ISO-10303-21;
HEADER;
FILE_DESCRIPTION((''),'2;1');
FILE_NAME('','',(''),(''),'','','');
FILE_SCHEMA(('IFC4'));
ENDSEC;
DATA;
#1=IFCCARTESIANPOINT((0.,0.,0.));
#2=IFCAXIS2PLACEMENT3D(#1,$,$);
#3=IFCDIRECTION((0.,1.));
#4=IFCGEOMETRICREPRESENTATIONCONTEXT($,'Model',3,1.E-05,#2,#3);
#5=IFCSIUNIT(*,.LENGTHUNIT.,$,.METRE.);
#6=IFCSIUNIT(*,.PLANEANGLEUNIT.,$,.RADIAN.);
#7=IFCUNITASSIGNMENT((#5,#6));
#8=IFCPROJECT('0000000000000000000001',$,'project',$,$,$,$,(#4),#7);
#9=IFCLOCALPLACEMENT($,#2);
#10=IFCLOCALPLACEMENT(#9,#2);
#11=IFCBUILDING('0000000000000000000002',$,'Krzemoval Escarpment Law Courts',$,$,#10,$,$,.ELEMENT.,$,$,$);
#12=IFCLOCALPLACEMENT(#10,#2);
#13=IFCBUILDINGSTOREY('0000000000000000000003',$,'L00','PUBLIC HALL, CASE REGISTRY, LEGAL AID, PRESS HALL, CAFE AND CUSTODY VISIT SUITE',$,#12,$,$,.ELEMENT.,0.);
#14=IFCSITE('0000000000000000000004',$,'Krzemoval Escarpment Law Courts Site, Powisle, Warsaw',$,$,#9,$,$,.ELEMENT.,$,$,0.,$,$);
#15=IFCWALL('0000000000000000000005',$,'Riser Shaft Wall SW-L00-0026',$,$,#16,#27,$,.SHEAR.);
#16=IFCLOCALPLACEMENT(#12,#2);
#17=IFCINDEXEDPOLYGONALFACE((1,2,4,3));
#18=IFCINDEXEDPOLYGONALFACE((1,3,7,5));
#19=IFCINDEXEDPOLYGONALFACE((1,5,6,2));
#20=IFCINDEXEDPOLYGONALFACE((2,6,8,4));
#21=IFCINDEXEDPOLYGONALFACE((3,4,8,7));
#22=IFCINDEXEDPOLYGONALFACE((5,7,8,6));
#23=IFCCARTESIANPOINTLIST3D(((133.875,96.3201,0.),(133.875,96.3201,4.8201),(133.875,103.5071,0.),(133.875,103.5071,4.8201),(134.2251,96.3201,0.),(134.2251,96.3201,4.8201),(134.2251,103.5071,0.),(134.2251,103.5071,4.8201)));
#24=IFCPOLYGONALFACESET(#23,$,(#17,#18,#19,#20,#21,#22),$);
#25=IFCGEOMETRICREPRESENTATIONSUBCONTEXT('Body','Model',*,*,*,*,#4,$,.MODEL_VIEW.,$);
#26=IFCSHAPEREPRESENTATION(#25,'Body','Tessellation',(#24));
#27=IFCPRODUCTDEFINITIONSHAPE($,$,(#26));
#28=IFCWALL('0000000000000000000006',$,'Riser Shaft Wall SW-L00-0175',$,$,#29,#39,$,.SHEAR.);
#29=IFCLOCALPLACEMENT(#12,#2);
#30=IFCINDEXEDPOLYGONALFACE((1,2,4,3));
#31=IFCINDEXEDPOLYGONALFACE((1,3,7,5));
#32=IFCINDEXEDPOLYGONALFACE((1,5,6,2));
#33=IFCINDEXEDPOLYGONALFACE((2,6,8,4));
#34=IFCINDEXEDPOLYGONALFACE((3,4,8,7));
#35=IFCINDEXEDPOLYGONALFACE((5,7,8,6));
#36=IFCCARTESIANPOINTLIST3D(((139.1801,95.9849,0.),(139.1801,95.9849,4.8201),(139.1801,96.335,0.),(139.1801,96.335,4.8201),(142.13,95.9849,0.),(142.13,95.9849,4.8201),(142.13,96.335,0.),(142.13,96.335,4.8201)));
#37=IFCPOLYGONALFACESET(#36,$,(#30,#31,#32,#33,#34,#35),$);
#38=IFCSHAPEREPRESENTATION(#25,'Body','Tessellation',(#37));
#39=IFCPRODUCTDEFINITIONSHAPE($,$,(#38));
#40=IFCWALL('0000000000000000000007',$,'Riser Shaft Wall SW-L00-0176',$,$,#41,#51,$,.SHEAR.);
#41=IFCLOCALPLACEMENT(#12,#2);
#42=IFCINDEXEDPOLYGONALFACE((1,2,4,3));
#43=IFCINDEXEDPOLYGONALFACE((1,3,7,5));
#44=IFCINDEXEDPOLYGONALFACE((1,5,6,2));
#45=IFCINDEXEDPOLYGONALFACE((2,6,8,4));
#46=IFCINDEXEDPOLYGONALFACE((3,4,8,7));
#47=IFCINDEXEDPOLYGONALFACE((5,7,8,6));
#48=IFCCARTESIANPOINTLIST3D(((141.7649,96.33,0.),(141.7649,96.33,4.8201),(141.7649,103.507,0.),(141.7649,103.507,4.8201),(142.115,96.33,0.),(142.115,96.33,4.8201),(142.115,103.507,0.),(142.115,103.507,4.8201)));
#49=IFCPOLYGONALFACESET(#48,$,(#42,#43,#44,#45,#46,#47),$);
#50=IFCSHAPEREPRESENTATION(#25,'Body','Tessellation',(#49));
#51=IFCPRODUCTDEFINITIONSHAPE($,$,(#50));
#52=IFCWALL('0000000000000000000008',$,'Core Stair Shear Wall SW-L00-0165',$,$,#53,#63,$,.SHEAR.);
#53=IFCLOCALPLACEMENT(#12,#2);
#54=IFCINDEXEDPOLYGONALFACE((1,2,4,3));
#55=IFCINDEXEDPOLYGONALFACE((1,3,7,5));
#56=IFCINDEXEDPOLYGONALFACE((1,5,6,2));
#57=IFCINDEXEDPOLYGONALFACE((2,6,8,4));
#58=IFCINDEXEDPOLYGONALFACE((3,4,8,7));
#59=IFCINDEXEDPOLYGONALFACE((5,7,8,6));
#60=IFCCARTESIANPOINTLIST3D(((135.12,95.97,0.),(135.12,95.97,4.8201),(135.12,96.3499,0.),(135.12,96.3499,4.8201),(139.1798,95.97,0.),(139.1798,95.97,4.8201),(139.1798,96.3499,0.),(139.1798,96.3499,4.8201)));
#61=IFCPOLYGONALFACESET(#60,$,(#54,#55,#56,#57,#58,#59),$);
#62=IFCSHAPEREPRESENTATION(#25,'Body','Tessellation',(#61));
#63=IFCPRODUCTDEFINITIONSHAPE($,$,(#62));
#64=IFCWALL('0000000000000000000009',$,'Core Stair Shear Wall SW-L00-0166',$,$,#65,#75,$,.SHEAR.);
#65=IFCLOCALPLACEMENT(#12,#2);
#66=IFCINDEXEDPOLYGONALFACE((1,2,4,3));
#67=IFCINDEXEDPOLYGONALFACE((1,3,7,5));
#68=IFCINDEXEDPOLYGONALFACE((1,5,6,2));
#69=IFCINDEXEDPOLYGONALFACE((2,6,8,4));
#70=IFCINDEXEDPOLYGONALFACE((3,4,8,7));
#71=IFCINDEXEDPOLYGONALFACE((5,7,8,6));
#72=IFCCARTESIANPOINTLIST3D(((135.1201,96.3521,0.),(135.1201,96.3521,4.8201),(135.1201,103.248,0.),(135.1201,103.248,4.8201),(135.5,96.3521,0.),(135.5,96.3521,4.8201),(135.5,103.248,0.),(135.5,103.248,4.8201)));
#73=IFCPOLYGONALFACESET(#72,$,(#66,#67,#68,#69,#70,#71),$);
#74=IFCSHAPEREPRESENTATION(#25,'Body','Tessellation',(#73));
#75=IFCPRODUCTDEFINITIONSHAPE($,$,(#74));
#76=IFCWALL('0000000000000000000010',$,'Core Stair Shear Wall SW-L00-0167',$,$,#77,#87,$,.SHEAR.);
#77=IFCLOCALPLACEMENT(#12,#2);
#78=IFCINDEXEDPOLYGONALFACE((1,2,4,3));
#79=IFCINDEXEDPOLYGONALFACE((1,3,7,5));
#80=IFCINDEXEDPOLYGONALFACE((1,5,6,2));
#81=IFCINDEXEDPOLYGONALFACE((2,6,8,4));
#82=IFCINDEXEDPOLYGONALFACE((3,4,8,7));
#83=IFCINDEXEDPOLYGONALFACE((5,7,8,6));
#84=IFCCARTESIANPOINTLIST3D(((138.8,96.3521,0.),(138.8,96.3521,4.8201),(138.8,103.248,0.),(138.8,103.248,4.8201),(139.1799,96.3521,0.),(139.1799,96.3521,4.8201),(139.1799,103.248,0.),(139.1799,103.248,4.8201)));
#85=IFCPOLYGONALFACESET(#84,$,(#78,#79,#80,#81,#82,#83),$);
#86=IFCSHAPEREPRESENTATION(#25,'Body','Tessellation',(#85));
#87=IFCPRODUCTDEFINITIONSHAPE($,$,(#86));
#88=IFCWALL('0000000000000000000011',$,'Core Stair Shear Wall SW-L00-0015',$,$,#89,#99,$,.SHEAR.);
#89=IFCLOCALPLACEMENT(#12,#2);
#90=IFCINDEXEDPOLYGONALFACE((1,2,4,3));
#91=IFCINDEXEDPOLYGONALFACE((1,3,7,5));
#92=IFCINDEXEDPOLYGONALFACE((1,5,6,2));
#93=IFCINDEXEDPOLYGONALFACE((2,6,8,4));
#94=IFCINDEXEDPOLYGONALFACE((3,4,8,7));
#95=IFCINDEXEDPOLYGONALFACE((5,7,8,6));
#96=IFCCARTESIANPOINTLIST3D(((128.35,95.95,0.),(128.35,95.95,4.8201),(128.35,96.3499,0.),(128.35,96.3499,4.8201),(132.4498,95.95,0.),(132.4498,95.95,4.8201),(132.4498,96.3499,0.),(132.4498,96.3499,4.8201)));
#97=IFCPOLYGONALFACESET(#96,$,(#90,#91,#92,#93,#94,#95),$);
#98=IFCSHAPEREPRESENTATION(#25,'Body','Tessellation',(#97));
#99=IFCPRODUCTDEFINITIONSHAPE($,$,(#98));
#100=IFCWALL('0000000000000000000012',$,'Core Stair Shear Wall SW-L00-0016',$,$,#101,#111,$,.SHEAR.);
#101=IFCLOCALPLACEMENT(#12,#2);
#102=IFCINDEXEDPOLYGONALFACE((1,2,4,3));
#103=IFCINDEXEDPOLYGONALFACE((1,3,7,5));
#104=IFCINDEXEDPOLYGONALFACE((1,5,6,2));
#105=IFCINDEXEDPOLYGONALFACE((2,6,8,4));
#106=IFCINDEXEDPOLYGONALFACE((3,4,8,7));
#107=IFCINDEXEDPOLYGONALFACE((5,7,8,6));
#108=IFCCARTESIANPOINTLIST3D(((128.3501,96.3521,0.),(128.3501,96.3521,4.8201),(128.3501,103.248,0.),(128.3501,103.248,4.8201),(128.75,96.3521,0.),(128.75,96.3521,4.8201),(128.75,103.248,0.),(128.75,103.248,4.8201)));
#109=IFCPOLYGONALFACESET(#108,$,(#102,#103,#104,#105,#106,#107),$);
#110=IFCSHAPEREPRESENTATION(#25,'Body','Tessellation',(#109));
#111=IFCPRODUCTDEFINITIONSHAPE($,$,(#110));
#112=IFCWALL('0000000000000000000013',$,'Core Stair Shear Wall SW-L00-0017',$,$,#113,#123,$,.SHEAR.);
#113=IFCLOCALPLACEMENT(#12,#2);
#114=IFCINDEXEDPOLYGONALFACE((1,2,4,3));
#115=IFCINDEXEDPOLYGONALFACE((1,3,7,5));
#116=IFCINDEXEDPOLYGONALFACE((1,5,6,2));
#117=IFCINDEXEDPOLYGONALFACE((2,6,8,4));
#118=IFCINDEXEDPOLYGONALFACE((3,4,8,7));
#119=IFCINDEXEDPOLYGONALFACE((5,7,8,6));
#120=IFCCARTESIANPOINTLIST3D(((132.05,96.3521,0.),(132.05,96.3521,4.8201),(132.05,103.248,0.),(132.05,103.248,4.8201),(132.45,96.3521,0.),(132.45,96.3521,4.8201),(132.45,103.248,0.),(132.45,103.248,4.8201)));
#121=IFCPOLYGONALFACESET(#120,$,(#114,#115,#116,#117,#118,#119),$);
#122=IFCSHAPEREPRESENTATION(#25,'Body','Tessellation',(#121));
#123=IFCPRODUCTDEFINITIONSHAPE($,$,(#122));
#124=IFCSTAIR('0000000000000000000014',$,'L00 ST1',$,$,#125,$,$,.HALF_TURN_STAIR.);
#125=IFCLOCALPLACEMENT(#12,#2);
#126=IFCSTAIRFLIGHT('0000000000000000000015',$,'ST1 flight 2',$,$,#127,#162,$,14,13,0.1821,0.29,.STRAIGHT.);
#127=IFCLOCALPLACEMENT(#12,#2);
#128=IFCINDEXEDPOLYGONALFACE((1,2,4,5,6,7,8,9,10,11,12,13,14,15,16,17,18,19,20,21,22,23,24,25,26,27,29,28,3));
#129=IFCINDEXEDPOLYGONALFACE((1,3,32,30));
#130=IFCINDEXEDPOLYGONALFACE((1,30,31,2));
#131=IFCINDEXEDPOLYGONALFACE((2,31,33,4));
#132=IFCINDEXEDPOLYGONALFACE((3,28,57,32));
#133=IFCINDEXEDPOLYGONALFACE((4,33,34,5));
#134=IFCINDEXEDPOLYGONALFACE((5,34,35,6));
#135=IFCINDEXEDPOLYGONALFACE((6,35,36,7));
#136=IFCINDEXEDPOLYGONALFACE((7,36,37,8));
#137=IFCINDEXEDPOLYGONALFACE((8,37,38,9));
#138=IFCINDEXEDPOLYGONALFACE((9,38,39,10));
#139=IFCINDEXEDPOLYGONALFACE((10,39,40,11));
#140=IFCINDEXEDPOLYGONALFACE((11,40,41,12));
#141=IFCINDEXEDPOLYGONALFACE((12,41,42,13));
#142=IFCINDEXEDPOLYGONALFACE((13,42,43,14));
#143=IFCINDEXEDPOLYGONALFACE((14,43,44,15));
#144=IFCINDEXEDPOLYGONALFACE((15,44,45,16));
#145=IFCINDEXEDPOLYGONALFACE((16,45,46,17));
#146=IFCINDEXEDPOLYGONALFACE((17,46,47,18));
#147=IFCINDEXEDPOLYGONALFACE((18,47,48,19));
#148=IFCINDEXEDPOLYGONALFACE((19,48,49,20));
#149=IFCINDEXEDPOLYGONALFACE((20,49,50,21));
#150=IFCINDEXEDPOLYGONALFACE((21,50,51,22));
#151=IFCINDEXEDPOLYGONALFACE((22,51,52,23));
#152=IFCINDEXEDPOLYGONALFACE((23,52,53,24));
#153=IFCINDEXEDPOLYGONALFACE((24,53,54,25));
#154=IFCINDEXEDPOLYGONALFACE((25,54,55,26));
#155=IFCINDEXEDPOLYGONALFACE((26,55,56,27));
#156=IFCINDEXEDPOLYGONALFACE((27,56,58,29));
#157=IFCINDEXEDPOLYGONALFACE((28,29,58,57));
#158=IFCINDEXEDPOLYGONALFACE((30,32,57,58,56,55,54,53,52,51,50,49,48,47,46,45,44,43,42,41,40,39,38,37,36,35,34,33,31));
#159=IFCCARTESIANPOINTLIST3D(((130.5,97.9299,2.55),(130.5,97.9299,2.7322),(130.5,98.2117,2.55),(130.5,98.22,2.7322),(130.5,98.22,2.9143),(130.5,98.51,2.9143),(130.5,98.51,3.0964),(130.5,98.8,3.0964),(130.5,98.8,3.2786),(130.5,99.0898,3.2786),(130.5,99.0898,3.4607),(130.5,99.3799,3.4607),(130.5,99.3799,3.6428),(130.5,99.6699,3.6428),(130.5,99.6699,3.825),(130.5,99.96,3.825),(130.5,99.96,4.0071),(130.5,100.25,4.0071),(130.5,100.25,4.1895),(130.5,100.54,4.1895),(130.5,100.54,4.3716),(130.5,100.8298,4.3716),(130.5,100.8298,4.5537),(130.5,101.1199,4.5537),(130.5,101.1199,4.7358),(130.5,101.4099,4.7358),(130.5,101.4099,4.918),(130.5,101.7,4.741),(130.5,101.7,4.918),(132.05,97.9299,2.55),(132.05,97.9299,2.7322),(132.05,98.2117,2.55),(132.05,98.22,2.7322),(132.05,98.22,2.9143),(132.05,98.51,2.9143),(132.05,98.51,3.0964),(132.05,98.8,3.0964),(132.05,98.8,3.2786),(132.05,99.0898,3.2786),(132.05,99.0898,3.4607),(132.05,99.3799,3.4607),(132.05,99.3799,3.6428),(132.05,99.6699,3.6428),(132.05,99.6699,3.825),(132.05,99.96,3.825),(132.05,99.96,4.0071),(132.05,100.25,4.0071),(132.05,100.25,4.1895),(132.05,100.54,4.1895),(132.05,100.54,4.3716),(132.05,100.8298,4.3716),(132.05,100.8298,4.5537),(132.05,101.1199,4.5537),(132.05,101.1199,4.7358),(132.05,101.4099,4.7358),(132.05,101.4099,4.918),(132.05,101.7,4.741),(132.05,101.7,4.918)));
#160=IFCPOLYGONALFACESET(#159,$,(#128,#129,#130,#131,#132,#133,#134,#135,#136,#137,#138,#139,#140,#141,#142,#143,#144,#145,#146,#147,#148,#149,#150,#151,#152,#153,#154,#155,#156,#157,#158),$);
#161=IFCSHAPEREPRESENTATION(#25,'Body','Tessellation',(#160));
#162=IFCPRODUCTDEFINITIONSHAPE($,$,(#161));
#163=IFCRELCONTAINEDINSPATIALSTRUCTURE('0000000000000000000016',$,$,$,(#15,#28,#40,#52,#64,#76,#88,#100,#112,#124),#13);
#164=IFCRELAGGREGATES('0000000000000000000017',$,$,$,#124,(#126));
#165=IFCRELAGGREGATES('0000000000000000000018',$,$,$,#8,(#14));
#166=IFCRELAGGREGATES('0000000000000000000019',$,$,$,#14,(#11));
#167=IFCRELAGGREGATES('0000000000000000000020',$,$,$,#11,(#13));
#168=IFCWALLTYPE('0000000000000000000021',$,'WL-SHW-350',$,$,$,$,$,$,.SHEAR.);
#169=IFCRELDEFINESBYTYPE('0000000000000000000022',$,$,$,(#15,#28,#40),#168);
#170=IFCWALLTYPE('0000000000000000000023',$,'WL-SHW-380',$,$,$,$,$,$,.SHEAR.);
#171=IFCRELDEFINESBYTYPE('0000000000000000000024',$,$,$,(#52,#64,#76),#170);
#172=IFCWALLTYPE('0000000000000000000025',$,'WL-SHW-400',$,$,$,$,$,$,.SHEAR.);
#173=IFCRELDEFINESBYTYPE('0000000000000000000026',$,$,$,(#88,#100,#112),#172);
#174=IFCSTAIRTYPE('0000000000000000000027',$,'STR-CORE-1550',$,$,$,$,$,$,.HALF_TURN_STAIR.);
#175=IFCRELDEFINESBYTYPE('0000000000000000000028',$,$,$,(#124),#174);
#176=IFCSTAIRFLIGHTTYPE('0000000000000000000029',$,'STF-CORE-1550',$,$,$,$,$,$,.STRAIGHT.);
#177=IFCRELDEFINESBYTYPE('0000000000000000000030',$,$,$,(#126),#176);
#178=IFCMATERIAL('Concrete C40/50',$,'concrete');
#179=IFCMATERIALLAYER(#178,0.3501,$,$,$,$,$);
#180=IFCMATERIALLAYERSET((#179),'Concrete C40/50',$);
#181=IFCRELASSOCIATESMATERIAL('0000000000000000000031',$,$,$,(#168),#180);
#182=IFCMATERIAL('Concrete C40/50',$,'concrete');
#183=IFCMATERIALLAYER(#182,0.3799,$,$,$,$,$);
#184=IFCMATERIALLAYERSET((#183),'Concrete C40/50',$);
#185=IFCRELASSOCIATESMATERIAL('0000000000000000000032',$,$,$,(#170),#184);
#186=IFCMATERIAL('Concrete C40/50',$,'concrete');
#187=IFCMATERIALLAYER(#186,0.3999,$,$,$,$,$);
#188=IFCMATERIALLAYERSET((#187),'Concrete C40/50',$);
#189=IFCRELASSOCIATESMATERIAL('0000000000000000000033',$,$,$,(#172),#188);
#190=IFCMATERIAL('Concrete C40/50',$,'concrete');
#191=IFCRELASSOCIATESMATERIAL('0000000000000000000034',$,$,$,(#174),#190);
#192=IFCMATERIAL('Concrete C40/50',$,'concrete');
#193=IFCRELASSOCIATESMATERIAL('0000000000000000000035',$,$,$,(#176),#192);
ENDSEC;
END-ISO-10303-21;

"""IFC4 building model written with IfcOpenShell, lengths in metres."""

from ifc_helpers import new_model, si_unit, direction, frame, frame_2d, origin, place, context, subcontext, project, spatial, polyline, rectangle, outline, extrude, material, layer, layer_set, type_object, element, aggregate, save


model = new_model("IFC4")

# Units and contexts
model_context = context("Model", 3, precision=1e-05, world=origin(), true_north=direction((0.0, 1.0)))
body_context = subcontext(model_context, "Body", "Model", "MODEL_VIEW")
ifc_project = project(units=[si_unit("LENGTHUNIT", "METRE"), si_unit("PLANEANGLEUNIT", "RADIAN")], contexts=[model_context])

# Site, building, storey
site_placement = place(None, origin())
site = spatial("IfcSite", under=ifc_project, at=site_placement, Name="Krzemoval Escarpment Law Courts Site, Powisle, Warsaw", CompositionType="ELEMENT", RefElevation=0.0)
building_placement = place(site_placement, origin())
building = spatial("IfcBuilding", under=site, at=building_placement, Name="Krzemoval Escarpment Law Courts", CompositionType="ELEMENT")
storey_placement = place(building_placement, origin())
storey = spatial("IfcBuildingStorey", under=building, at=storey_placement, Name="L00", Description="PUBLIC HALL, CASE REGISTRY, LEGAL AID, PRESS HALL, CAFE AND CUSTODY VISIT SUITE", CompositionType="ELEMENT", Elevation=0.0)

# Walls
ifc_material_1 = material(Name="Concrete C40/50", Category="concrete")
ifc_layer_1 = layer(ifc_material_1, 0.3501)
ifc_layer_set_1 = layer_set([ifc_layer_1], Name="Concrete C40/50")
wall_type_1 = type_object("IfcWallType", Name="WL-SHW-350", PredefinedType="SHEAR", material=ifc_layer_set_1)
wall_1_placement = place(storey_placement, frame((134.05, 96.3201, 0.0), z_axis=(0.0, 0.0, 1.0), x_axis=(0.0, 1.0, 0.0)))
element("IfcWall", 1, at=wall_1_placement, inside=storey, type_object=wall_type_1, Name="Riser Shaft Wall SW-L00-0026", PredefinedType="SHEAR", context=body_context, shape_type="SweptSolid", body=[
    extrude(rectangle(XDim=7.187, YDim=0.3501, at=frame_2d((3.5935, 0.0))), origin(), (0.0, 0.0, 1.0), 4.8201),
])
wall_2_placement = place(storey_placement, frame((139.1799, 96.1599, 0.0), z_axis=(0.0, 0.0, 1.0), x_axis=(1.0, 0.0, 0.0)))
element("IfcWall", 2, at=wall_2_placement, inside=storey, type_object=wall_type_1, Name="Riser Shaft Wall SW-L00-0175", PredefinedType="SHEAR", context=body_context, shape_type="SweptSolid", body=[
    extrude(rectangle(XDim=2.95, YDim=0.3501, at=frame_2d((1.4751, 0.0))), origin(), (0.0, 0.0, 1.0), 4.8201),
])
wall_3_placement = place(storey_placement, frame((141.9399, 96.3301, 0.0), z_axis=(0.0, 0.0, 1.0), x_axis=(0.0, 1.0, 0.0)))
element("IfcWall", 3, at=wall_3_placement, inside=storey, type_object=wall_type_1, Name="Riser Shaft Wall SW-L00-0176", PredefinedType="SHEAR", context=body_context, shape_type="SweptSolid", body=[
    extrude(rectangle(XDim=7.177, YDim=0.3501, at=frame_2d((3.5884, 0.0))), origin(), (0.0, 0.0, 1.0), 4.8201),
])
ifc_material_2 = material(Name="Concrete C40/50", Category="concrete")
ifc_layer_2 = layer(ifc_material_2, 0.3799)
ifc_layer_set_2 = layer_set([ifc_layer_2], Name="Concrete C40/50")
wall_type_2 = type_object("IfcWallType", Name="WL-SHW-380", PredefinedType="SHEAR", material=ifc_layer_set_2)
wall_4_placement = place(storey_placement, frame((135.1201, 96.1599, 0.0), z_axis=(0.0, 0.0, 1.0), x_axis=(1.0, 0.0, 0.0)))
element("IfcWall", 4, at=wall_4_placement, inside=storey, type_object=wall_type_2, Name="Core Stair Shear Wall SW-L00-0165", PredefinedType="SHEAR", context=body_context, shape_type="SweptSolid", body=[
    extrude(rectangle(XDim=4.0598, YDim=0.3799, at=frame_2d((2.0298, 0.0))), origin(), (0.0, 0.0, 1.0), 4.8201),
])
for number, where, z_axis, x_axis, name in (
    (5, (135.3101, 96.3521, 0.0), (0.0, 0.0, 1.0), (0.0, 1.0, 0.0), "Core Stair Shear Wall SW-L00-0166"),
    (6, (138.99, 96.3521, 0.0), (0.0, 0.0, 1.0), (0.0, 1.0, 0.0), "Core Stair Shear Wall SW-L00-0167"),
):
    element("IfcWall", number, at=place(storey_placement, frame(where, z_axis=z_axis, x_axis=x_axis)), inside=storey, type_object=wall_type_2, Name=name, PredefinedType="SHEAR", context=body_context, shape_type="SweptSolid", body=[
        extrude(rectangle(XDim=6.896, YDim=0.3799, at=frame_2d((3.448, 0.0))), origin(), (0.0, 0.0, 1.0), 4.8201),
    ])
ifc_material_3 = material(Name="Concrete C40/50", Category="concrete")
ifc_layer_3 = layer(ifc_material_3, 0.3999)
ifc_layer_set_3 = layer_set([ifc_layer_3], Name="Concrete C40/50")
wall_type_3 = type_object("IfcWallType", Name="WL-SHW-400", PredefinedType="SHEAR", material=ifc_layer_set_3)
wall_5_placement = place(storey_placement, frame((128.3501, 96.1499, 0.0), z_axis=(0.0, 0.0, 1.0), x_axis=(1.0, 0.0, 0.0)))
element("IfcWall", 7, at=wall_5_placement, inside=storey, type_object=wall_type_3, Name="Core Stair Shear Wall SW-L00-0015", PredefinedType="SHEAR", context=body_context, shape_type="SweptSolid", body=[
    extrude(rectangle(XDim=4.0999, YDim=0.3999, at=frame_2d((2.0498, 0.0))), origin(), (0.0, 0.0, 1.0), 4.8201),
])
for number, where, z_axis, x_axis, name in (
    (8, (128.55, 96.3521, 0.0), (0.0, 0.0, 1.0), (0.0, 1.0, 0.0), "Core Stair Shear Wall SW-L00-0016"),
    (9, (132.25, 96.3521, 0.0), (0.0, 0.0, 1.0), (0.0, 1.0, 0.0), "Core Stair Shear Wall SW-L00-0017"),
):
    element("IfcWall", number, at=place(storey_placement, frame(where, z_axis=z_axis, x_axis=x_axis)), inside=storey, type_object=wall_type_3, Name=name, PredefinedType="SHEAR", context=body_context, shape_type="SweptSolid", body=[
        extrude(rectangle(XDim=6.896, YDim=0.3999, at=frame_2d((3.448, 0.0))), origin(), (0.0, 0.0, 1.0), 4.8201),
    ])

# Stair, stair flight
ifc_material_4 = material(Name="Concrete C40/50", Category="concrete")
stair_type = type_object("IfcStairType", Name="STR-CORE-1550", PredefinedType="HALF_TURN_STAIR", material=ifc_material_4)
stair_1_placement = place(storey_placement, origin())
stair_1 = element("IfcStair", 10, at=stair_1_placement, inside=storey, type_object=stair_type, Name="L00 ST1", PredefinedType="HALF_TURN_STAIR")
ifc_material_5 = material(Name="Concrete C40/50", Category="concrete")
stair_flight_type = type_object("IfcStairFlightType", Name="STF-CORE-1550", PredefinedType="STRAIGHT", material=ifc_material_5)
stair_flight_1_placement = place(storey_placement, frame((131.2749, 97.9299, 2.55), z_axis=(0.0, 0.0, 1.0), x_axis=(0.0, 1.0, 0.0)))
stair_flight_1 = element("IfcStairFlight", 11, at=stair_flight_1_placement, type_object=stair_flight_type, Name="ST1 flight 2", NumberOfRisers=14, NumberOfTreads=13, PredefinedType="STRAIGHT", RiserHeight=0.1821, TreadLength=0.29, context=body_context, shape_type="SweptSolid", body=[
    extrude(outline(polyline([(0.0, 0.0), (0.0, 0.1821), (0.29, 0.1821), (0.29, 0.3643), (0.5801, 0.3643), (0.5801, 0.5464), (0.8701, 0.5464), (0.8701, 0.7285), (1.1599, 0.7285), (1.1599, 0.9106), (1.45, 0.9106), (1.45, 1.0928), (1.74, 1.0928), (1.74, 1.2749), (2.03, 1.2749), (2.03, 1.457), (2.3201, 1.457), (2.3201, 1.6394), (2.6101, 1.6394), (2.6101, 1.8215), (2.8999, 1.8215), (2.8999, 2.0037), (3.1899, 2.0037), (3.1899, 2.1858), (3.48, 2.1858), (3.48, 2.3679), (3.77, 2.3679), (3.77, 2.55), (3.77, 2.1909), (0.2817, 0.0), (0.0, 0.0)])), frame((0.0, 0.7749, 0.0), z_axis=(0.0, -1.0, 0.0), x_axis=(1.0, 0.0, 0.0)), (0.0, 0.0, 1.0), 1.55),
])
aggregate(stair_1, [stair_flight_1])

save(model, "model.ifc")
